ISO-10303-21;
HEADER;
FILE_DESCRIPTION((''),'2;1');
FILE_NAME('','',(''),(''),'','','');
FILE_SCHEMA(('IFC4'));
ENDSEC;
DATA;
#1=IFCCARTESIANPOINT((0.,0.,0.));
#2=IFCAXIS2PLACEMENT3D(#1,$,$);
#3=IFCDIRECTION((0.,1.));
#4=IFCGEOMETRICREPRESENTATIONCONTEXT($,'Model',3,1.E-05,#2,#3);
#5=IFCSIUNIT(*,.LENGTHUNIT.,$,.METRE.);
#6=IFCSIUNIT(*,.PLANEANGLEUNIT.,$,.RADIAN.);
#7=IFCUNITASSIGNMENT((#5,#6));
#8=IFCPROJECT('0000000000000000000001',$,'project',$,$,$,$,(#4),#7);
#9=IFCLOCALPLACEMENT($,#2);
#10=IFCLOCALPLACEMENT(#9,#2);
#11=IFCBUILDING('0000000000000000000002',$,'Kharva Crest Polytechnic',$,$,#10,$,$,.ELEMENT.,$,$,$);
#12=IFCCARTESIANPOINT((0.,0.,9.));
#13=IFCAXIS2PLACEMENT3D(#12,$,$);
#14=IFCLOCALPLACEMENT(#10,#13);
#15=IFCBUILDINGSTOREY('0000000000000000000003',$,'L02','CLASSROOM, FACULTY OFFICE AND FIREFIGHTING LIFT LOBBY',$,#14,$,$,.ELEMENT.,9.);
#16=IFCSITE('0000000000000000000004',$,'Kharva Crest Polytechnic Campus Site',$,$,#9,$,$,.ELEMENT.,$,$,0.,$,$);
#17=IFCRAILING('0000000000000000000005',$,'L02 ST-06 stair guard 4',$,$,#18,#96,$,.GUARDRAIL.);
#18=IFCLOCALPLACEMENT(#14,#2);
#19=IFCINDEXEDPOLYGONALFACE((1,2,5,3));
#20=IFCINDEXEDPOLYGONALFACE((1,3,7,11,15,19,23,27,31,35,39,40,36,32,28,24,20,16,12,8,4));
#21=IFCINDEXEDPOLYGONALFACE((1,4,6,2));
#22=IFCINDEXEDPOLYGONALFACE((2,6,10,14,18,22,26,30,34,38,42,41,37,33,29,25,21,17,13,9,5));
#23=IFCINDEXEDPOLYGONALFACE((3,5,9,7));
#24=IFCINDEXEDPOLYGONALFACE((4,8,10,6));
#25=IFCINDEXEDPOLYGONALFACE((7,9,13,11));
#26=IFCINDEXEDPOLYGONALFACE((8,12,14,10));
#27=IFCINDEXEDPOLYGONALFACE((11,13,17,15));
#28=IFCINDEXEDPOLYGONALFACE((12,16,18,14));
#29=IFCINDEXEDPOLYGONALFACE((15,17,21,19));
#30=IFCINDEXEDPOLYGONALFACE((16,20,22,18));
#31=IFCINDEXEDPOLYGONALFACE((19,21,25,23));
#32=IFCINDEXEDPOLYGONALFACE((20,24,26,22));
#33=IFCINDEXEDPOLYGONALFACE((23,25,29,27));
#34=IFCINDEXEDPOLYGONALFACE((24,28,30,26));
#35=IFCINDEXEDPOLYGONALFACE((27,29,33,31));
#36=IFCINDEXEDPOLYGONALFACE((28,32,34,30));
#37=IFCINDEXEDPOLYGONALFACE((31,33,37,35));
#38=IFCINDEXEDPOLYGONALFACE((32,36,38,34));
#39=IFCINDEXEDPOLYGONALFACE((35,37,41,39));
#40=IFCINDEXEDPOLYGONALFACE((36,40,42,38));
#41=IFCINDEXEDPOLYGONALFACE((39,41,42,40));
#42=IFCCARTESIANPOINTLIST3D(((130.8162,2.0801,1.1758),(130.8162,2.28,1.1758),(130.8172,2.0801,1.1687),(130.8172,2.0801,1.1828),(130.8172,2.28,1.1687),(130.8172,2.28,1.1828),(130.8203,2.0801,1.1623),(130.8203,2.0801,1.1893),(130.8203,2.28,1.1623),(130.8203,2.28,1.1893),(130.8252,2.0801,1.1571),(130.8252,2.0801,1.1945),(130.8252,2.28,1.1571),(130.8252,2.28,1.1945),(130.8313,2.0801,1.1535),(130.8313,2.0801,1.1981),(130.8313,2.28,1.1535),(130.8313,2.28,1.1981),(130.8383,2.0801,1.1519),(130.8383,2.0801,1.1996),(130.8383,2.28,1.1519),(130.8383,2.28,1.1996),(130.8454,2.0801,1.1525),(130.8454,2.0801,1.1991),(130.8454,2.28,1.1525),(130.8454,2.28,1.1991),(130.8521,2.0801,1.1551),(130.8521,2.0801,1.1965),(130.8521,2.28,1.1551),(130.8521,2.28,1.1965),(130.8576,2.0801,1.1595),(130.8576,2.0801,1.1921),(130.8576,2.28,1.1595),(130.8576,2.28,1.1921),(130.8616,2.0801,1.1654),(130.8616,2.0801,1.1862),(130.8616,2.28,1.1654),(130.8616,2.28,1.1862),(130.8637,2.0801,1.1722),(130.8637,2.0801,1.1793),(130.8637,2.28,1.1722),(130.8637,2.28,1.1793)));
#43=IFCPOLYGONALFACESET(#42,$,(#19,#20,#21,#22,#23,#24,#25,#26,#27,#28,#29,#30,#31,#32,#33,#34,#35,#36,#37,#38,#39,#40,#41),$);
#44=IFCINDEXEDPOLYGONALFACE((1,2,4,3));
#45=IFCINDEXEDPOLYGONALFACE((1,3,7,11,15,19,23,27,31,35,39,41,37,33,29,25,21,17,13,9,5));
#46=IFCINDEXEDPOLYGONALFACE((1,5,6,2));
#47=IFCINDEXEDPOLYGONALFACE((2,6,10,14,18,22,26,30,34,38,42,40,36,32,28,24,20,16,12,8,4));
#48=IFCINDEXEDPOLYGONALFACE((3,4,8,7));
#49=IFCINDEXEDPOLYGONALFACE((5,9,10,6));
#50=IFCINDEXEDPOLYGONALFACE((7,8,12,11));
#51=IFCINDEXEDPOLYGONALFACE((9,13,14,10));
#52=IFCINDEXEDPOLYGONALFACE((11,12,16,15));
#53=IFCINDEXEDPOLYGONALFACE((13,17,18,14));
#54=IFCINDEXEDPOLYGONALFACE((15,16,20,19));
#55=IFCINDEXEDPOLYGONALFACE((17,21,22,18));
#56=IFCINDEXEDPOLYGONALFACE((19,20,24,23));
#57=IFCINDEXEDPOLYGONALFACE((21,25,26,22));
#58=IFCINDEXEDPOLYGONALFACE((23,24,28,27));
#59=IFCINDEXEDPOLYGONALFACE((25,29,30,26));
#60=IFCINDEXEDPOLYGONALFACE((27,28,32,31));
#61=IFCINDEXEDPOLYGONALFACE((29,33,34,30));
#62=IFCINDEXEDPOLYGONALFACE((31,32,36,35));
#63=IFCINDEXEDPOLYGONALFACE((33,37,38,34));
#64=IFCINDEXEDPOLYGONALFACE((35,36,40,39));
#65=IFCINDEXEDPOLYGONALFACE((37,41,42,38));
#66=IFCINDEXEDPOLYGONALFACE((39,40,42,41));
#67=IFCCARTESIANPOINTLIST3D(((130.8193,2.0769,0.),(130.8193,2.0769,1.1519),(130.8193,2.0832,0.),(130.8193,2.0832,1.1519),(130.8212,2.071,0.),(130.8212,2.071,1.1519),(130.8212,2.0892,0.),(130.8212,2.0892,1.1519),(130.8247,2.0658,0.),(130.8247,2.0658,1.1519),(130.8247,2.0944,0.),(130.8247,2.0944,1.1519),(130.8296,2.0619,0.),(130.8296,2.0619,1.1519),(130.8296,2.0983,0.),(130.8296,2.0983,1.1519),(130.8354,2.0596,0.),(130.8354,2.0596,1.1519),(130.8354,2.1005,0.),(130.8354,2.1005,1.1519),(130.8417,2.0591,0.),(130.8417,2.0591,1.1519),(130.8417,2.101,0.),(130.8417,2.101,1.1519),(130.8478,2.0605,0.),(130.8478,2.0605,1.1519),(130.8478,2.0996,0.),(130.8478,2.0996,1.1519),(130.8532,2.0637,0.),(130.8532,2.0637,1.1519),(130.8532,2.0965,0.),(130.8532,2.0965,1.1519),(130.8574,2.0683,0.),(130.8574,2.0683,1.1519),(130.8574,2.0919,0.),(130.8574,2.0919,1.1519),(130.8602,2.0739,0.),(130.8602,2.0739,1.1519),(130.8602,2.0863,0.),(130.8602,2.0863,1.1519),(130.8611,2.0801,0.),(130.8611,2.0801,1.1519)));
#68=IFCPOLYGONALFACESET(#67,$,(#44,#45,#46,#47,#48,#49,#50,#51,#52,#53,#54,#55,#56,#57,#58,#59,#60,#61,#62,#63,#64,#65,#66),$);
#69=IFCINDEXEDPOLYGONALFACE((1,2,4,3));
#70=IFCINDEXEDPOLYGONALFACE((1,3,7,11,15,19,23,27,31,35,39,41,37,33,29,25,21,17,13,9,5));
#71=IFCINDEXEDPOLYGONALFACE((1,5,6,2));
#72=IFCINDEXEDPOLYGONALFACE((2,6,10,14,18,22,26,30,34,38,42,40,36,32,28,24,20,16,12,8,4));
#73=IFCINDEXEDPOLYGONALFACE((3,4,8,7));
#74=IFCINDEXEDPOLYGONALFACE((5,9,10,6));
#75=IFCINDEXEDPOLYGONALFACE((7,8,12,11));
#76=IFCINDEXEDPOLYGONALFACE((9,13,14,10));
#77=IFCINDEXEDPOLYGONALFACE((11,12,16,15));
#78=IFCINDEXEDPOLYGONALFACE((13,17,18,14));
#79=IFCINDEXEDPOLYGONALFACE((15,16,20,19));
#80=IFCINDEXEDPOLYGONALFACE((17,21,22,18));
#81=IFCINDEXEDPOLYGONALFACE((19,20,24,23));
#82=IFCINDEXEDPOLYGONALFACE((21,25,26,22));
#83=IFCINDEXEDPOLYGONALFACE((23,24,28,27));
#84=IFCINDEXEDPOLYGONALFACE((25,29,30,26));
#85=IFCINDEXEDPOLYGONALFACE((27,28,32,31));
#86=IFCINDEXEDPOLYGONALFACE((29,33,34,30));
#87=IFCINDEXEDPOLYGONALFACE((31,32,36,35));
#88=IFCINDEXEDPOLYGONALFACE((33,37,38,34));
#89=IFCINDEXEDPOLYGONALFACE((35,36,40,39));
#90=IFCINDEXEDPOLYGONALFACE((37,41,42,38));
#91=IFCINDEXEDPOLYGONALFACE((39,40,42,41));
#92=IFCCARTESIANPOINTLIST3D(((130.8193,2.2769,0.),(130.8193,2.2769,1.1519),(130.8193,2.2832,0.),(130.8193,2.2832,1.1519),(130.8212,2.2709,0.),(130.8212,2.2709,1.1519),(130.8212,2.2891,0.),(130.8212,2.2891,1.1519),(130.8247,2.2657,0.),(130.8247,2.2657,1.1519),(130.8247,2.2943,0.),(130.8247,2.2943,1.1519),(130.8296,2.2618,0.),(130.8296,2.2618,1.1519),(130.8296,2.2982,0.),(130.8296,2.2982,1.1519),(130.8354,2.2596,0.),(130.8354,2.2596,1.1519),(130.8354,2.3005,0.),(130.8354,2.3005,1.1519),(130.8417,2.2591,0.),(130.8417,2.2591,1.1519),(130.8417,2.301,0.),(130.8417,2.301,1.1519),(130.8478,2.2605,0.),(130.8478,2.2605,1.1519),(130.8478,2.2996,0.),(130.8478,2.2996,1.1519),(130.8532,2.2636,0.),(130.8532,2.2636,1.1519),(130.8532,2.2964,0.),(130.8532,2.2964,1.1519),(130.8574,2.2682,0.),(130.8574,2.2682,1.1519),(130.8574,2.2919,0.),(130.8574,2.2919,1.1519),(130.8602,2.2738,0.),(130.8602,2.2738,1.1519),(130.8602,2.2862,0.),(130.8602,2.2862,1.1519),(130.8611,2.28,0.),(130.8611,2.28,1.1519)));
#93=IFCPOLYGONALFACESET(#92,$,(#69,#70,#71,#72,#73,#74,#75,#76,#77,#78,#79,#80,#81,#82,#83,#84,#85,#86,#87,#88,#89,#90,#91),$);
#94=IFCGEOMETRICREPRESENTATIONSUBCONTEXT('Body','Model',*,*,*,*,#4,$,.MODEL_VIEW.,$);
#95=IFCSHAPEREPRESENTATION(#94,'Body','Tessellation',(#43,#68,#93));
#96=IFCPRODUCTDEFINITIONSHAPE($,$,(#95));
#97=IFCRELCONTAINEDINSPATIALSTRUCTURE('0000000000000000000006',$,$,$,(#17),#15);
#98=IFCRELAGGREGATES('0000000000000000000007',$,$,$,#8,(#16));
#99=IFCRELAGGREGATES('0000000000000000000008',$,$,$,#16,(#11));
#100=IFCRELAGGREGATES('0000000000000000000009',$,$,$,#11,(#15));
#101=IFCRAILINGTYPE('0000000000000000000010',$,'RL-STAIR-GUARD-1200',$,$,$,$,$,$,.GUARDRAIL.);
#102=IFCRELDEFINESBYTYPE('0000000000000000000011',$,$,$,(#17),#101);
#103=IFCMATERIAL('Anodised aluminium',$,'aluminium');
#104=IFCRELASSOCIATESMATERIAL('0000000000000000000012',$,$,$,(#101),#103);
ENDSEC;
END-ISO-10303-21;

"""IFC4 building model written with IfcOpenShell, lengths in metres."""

from ifc_helpers import new_model, si_unit, direction, frame, origin, origin_2d, place, context, subcontext, project, spatial, circle, extrude, material, type_object, element, save


model = new_model("IFC4")

# Units and contexts
model_context = context("Model", 3, precision=1e-05, world=origin(), true_north=direction((0.0, 1.0)))
body_context = subcontext(model_context, "Body", "Model", "MODEL_VIEW")
ifc_project = project(units=[si_unit("LENGTHUNIT", "METRE"), si_unit("PLANEANGLEUNIT", "RADIAN")], contexts=[model_context])

# Site, building, storey
site_placement = place(None, origin())
site = spatial("IfcSite", under=ifc_project, at=site_placement, Name="Kharva Crest Polytechnic Campus Site", CompositionType="ELEMENT", RefElevation=0.0)
building_placement = place(site_placement, origin())
building = spatial("IfcBuilding", under=site, at=building_placement, Name="Kharva Crest Polytechnic", CompositionType="ELEMENT")
storey_placement = place(building_placement, frame((0.0, 0.0, 9.0)))
storey = spatial("IfcBuildingStorey", under=building, at=storey_placement, Name="L02", Description="CLASSROOM, FACULTY OFFICE AND FIREFIGHTING LIFT LOBBY", CompositionType="ELEMENT", Elevation=9.0)

# Railing
ifc_material_1 = material(Name="Anodised aluminium", Category="aluminium")
railing_type_1 = type_object("IfcRailingType", Name="RL-STAIR-GUARD-1200", PredefinedType="GUARDRAIL", material=ifc_material_1)
railing_1_placement = place(storey_placement, frame((130.8401, 2.0801, 0.0)))
element("IfcRailing", 1, at=railing_1_placement, inside=storey, type_object=railing_type_1, Name="L02 ST-06 stair guard 4", PredefinedType="GUARDRAIL", context=body_context, shape_type="SweptSolid", body=[
    extrude(circle(Radius=0.0239, at=origin_2d()), frame((0.0, 0.0, 1.1758), z_axis=(0.0, 1.0, 0.0), x_axis=(-1.0, 0.0, 0.0)), (0.0, 0.0, 1.0), 0.2),
    extrude(circle(Radius=0.021, at=origin_2d()), origin(), (0.0, 0.0, 1.0), 1.1519),
    extrude(circle(Radius=0.021, at=origin_2d()), frame((0.0, 0.2, 0.0)), (0.0, 0.0, 1.0), 1.1519),
])

save(model, "model.ifc")
